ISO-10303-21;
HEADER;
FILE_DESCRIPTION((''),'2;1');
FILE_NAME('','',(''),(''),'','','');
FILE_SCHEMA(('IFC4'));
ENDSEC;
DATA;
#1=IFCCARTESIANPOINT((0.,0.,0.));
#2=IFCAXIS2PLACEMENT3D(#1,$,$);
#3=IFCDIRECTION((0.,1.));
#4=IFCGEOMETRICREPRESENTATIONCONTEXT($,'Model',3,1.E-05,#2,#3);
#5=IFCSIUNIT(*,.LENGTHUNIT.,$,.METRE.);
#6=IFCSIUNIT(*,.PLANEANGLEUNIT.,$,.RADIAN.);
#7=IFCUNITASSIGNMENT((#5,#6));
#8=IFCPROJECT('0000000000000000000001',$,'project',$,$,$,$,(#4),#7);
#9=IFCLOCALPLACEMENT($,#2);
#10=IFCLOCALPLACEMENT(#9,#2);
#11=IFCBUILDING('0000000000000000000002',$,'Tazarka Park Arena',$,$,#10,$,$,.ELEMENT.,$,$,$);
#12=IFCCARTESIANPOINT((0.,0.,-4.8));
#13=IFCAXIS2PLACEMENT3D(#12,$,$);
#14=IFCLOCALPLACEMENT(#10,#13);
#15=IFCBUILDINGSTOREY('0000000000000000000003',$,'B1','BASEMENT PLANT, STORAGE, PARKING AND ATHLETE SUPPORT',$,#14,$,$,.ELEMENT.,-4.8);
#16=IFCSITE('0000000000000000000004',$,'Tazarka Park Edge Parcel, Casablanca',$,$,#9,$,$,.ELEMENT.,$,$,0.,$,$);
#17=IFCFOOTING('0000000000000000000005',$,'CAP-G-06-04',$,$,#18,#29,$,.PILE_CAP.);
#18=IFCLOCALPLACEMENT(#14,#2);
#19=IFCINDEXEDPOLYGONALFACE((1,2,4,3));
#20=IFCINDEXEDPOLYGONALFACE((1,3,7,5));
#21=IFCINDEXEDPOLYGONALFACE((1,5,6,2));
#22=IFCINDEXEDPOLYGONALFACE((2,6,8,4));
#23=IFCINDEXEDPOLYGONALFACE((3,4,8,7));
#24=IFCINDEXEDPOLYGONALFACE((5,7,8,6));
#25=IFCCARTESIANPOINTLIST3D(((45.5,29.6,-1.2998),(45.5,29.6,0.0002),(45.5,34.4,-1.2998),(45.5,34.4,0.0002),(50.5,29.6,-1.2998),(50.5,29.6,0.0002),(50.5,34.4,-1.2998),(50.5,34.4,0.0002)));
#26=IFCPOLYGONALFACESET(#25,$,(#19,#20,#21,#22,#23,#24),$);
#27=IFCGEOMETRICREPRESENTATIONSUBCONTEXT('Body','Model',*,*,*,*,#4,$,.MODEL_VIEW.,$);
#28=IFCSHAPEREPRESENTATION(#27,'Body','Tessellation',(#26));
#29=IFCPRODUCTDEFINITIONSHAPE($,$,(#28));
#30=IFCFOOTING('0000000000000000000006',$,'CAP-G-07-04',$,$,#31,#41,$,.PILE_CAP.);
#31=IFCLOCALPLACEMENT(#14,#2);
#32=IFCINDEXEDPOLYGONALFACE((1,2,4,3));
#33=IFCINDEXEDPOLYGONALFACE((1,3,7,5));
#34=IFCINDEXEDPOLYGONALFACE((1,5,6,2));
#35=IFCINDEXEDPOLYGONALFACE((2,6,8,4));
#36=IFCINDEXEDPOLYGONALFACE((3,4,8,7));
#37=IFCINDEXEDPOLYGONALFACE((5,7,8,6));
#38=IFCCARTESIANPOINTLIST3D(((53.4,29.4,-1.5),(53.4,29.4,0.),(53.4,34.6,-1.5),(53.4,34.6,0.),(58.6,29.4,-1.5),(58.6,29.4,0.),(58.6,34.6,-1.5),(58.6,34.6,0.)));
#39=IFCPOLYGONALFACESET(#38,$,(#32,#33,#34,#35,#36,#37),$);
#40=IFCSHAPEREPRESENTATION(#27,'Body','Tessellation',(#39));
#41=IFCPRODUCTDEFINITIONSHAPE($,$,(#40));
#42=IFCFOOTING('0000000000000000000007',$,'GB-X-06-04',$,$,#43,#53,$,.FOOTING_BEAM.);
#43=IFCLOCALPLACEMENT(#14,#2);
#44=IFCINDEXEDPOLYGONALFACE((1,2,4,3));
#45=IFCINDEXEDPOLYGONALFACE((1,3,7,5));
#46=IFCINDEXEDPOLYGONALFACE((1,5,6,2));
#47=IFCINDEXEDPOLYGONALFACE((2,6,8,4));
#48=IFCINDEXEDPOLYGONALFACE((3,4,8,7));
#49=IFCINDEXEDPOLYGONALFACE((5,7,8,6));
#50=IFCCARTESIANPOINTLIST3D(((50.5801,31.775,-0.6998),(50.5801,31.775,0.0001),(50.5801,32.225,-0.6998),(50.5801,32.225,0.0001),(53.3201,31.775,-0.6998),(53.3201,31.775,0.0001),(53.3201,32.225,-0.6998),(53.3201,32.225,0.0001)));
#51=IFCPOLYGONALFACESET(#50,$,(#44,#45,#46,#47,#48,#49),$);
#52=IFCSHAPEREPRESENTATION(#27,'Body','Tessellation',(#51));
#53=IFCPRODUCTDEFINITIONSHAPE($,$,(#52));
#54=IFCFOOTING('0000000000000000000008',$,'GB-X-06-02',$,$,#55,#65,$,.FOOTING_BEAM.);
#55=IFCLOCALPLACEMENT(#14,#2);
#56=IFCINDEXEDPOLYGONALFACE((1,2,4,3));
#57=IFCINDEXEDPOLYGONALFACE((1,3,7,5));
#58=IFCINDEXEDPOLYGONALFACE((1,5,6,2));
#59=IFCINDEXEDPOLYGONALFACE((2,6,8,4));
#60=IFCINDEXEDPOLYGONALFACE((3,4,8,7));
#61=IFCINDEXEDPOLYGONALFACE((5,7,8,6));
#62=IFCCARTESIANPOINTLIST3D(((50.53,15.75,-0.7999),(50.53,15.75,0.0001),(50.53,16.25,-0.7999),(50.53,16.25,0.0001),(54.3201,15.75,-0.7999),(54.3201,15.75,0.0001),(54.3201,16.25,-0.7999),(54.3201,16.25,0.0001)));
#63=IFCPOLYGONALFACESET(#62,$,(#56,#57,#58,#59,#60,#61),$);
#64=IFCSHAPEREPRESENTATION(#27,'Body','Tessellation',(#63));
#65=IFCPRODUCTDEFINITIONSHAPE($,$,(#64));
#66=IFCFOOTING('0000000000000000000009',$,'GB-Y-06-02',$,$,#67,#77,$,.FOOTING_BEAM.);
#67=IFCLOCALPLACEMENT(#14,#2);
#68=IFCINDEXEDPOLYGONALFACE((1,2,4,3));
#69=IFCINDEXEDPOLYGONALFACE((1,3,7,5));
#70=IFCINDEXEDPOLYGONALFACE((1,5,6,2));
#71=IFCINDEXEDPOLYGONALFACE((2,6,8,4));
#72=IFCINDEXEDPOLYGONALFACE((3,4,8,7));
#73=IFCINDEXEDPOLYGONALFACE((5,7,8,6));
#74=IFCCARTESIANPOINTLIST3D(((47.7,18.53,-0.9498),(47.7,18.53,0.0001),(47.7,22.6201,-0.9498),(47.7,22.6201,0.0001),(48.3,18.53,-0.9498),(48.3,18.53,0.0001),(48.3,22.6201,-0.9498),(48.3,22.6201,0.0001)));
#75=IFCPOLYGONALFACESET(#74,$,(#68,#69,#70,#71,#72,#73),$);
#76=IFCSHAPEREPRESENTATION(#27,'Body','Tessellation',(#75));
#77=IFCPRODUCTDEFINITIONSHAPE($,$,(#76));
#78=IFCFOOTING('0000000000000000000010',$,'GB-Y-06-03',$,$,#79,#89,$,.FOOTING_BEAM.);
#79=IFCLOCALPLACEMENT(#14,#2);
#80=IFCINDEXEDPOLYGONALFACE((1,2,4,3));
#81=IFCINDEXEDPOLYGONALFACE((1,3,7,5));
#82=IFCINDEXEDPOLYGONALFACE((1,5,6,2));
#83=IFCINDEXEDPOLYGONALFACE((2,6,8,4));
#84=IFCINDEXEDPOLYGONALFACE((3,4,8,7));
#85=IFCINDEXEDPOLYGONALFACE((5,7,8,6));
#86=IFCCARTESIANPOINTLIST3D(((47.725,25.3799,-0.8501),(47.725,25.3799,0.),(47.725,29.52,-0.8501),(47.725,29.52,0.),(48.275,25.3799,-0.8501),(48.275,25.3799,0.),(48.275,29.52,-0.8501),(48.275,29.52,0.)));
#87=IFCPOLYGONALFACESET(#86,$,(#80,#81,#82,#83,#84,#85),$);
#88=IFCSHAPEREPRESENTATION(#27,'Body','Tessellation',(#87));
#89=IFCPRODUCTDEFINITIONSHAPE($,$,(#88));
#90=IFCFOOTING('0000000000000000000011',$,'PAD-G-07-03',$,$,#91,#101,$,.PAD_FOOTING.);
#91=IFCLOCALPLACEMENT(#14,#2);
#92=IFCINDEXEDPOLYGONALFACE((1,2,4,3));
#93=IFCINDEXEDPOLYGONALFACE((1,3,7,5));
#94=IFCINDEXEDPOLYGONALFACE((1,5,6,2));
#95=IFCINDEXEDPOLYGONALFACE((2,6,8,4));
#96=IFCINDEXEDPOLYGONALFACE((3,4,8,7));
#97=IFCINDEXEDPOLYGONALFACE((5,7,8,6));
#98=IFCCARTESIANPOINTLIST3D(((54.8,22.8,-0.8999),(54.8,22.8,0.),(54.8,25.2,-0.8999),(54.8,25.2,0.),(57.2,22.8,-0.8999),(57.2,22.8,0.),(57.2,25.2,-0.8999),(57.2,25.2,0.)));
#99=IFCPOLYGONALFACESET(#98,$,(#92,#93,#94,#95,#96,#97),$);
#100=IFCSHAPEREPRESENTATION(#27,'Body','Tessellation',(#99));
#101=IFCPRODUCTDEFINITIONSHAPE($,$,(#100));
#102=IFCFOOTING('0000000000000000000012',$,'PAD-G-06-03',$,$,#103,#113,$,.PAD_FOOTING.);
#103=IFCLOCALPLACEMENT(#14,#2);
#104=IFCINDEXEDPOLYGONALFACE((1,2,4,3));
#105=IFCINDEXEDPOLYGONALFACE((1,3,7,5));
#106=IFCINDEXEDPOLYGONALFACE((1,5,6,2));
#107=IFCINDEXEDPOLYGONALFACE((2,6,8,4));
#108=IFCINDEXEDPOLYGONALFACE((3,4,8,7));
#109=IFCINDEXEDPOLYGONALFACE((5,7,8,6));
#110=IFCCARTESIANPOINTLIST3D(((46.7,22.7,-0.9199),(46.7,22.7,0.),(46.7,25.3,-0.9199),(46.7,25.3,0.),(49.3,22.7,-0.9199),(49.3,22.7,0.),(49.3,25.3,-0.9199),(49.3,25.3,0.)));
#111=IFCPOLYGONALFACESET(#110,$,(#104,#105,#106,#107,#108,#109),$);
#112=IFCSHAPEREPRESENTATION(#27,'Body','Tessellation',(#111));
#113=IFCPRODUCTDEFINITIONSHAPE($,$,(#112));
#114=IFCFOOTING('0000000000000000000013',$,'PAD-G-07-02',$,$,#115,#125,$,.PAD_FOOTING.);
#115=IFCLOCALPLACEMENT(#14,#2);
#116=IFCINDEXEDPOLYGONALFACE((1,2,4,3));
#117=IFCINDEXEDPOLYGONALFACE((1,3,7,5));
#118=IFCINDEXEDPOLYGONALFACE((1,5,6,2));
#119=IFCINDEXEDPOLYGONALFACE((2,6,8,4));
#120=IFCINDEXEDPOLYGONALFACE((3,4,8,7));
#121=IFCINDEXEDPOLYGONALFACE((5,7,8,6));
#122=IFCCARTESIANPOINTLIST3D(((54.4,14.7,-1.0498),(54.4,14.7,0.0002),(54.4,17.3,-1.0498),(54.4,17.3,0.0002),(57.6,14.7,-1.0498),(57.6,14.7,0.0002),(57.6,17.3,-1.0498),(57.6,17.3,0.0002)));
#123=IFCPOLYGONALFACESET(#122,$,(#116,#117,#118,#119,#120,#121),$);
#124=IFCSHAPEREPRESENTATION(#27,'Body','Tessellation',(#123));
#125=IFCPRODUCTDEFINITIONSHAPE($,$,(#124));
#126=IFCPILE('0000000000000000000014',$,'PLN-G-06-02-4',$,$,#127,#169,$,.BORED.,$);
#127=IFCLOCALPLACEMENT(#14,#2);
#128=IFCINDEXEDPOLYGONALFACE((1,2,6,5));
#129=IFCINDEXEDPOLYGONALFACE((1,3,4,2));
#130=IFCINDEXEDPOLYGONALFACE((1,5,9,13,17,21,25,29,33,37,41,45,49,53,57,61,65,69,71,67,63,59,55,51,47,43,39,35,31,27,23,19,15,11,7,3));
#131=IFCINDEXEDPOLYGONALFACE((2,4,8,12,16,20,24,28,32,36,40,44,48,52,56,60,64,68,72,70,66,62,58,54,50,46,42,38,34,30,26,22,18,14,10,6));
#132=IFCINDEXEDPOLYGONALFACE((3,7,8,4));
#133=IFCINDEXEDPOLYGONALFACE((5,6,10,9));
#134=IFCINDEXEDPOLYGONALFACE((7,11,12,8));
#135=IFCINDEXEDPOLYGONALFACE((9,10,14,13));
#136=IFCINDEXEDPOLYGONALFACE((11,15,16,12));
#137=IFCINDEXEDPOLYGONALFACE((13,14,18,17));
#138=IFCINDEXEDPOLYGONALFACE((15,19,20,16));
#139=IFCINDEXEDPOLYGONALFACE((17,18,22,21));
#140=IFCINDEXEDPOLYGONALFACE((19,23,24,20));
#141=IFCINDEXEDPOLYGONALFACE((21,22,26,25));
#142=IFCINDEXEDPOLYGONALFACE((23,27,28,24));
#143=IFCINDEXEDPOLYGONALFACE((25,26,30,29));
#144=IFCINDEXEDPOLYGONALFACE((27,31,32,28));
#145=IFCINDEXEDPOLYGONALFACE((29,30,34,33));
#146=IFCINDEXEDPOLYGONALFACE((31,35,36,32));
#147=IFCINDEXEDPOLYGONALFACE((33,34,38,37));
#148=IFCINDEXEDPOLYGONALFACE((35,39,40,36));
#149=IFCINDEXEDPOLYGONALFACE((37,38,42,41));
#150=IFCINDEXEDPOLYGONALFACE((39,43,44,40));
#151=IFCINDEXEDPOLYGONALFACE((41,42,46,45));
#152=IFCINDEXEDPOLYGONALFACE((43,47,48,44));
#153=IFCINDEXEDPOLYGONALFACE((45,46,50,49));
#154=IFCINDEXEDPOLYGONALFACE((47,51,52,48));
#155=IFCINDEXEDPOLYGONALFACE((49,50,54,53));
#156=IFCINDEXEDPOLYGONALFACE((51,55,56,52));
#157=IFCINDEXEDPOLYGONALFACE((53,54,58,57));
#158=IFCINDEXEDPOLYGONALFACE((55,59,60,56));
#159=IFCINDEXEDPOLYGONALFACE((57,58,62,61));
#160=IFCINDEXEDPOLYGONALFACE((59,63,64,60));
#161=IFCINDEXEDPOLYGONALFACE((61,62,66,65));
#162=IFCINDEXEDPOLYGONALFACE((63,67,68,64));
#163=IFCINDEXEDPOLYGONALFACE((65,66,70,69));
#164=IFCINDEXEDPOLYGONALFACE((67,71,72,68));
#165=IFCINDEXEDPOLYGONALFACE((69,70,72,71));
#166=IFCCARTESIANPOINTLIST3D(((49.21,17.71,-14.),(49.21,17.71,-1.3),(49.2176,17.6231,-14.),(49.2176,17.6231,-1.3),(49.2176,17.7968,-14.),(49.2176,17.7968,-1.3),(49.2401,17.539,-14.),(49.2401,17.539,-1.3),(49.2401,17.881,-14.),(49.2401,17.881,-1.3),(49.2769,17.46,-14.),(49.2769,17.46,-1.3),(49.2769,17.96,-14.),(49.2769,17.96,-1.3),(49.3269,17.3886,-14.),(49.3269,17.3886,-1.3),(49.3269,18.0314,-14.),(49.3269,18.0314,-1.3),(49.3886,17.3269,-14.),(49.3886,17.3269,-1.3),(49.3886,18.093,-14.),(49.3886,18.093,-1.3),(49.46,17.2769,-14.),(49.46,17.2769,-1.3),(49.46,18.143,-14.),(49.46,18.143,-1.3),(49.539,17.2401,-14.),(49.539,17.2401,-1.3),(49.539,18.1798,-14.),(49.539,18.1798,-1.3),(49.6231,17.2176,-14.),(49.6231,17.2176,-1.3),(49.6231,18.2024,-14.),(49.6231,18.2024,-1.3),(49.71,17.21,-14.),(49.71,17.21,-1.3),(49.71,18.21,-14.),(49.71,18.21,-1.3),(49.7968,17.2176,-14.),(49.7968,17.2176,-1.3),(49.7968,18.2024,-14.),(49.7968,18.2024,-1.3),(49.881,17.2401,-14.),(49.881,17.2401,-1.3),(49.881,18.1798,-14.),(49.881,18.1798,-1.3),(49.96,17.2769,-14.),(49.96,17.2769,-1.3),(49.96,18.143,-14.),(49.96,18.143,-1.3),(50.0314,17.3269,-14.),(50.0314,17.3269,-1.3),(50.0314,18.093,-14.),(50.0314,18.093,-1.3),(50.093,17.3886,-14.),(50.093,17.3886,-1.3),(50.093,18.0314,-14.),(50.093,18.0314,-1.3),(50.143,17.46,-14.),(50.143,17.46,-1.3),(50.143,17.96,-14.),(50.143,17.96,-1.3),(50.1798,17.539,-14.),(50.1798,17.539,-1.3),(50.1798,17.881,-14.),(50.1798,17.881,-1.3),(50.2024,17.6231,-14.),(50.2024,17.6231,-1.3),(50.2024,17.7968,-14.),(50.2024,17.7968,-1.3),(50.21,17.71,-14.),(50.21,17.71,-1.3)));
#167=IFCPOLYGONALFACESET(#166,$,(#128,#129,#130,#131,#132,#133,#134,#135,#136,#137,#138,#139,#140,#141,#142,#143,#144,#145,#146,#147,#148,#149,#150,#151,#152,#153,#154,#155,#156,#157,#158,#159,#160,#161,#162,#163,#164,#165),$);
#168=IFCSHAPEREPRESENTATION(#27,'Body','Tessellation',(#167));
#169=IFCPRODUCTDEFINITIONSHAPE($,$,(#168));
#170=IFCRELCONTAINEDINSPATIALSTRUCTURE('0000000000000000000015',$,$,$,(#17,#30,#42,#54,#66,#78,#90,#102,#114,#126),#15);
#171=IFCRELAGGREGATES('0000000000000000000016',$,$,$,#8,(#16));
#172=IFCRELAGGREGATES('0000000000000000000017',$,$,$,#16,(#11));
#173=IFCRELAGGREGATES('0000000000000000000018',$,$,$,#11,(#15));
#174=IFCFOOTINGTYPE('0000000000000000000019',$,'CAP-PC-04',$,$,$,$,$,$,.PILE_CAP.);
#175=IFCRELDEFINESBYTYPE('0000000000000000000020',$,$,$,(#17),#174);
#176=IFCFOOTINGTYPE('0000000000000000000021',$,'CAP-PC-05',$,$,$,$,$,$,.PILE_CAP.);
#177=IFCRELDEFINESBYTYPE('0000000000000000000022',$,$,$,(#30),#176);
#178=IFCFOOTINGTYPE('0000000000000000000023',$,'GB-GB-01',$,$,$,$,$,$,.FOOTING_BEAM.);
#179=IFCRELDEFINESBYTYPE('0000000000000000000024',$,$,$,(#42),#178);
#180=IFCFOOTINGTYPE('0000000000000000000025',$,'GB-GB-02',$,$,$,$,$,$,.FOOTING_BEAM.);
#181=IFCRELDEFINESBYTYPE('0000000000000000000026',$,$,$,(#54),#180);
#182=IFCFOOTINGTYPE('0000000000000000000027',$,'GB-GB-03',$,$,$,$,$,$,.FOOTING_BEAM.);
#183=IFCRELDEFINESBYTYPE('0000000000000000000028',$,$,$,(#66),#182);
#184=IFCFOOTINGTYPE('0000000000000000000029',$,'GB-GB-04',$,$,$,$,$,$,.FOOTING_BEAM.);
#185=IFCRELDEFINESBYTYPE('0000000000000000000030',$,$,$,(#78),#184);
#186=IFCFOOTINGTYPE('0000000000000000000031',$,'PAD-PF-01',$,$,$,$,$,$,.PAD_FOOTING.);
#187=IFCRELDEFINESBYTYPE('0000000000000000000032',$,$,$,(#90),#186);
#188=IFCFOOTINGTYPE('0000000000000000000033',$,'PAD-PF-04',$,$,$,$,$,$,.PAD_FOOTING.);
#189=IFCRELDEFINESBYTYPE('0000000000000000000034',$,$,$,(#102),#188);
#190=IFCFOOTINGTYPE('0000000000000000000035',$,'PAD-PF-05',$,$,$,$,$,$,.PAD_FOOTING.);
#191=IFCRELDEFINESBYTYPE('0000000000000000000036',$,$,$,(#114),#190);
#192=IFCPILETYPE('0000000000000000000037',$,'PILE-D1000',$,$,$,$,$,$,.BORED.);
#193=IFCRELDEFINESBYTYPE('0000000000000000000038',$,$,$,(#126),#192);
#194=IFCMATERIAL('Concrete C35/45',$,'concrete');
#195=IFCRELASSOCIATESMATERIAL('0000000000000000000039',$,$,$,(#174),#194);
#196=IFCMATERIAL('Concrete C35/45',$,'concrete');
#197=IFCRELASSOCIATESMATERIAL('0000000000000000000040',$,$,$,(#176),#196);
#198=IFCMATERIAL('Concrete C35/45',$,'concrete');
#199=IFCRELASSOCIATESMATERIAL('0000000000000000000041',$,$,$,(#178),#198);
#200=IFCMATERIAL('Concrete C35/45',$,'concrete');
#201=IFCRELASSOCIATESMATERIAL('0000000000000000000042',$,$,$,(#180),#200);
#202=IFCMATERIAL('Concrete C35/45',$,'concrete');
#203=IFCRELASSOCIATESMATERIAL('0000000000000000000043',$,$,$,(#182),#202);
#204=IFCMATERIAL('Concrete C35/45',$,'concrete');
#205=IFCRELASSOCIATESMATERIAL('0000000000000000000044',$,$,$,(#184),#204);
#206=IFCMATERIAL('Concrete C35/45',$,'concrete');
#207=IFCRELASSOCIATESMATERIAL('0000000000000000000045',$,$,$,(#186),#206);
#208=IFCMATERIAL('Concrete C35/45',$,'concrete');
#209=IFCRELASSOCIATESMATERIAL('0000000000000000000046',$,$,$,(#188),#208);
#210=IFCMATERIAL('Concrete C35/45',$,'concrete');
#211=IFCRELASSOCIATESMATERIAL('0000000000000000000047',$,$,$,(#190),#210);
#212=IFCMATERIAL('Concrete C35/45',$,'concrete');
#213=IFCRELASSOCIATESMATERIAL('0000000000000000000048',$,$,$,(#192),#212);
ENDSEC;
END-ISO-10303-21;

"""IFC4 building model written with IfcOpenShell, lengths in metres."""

from ifc_helpers import new_model, si_unit, direction, frame, origin, origin_2d, place, context, subcontext, project, spatial, rectangle, circle, extrude, material, material_profile, profile_set, type_object, element, save


model = new_model("IFC4")

# Units and contexts
model_context = context("Model", 3, precision=1e-05, world=origin(), true_north=direction((0.0, 1.0)))
body_context = subcontext(model_context, "Body", "Model", "MODEL_VIEW")
ifc_project = project(units=[si_unit("LENGTHUNIT", "METRE"), si_unit("PLANEANGLEUNIT", "RADIAN")], contexts=[model_context])

# Site, building, storey
site_placement = place(None, origin())
site = spatial("IfcSite", under=ifc_project, at=site_placement, Name="Tazarka Park Edge Parcel, Casablanca", CompositionType="ELEMENT", RefElevation=0.0)
building_placement = place(site_placement, origin())
building = spatial("IfcBuilding", under=site, at=building_placement, Name="Tazarka Park Arena", CompositionType="ELEMENT")
storey_placement = place(building_placement, frame((0.0, 0.0, -4.8)))
storey = spatial("IfcBuildingStorey", under=building, at=storey_placement, Name="B1", Description="BASEMENT PLANT, STORAGE, PARKING AND ATHLETE SUPPORT", CompositionType="ELEMENT", Elevation=-4.8)

# Footings
ifc_material_1 = material(Name="Concrete C35/45", Category="concrete")
footing_type_1 = type_object("IfcFootingType", Name="CAP-PC-04", PredefinedType="PILE_CAP", material=ifc_material_1)
footing_1_placement = place(storey_placement, frame((48.0, 32.0, -1.2998), z_axis=(0.0, 0.0, 1.0), x_axis=(1.0, 0.0, 0.0)))
element("IfcFooting", 1, at=footing_1_placement, inside=storey, type_object=footing_type_1, Name="CAP-G-06-04", PredefinedType="PILE_CAP", context=body_context, shape_type="SweptSolid", body=[
    extrude(rectangle(XDim=5.0, YDim=4.8, at=origin_2d()), origin(), (0.0, 0.0, 1.0), 1.3),
])
ifc_material_2 = material(Name="Concrete C35/45", Category="concrete")
footing_type_2 = type_object("IfcFootingType", Name="CAP-PC-05", PredefinedType="PILE_CAP", material=ifc_material_2)
footing_2_placement = place(storey_placement, frame((56.0, 32.0, -1.5), z_axis=(0.0, 0.0, 1.0), x_axis=(1.0, 0.0, 0.0)))
element("IfcFooting", 2, at=footing_2_placement, inside=storey, type_object=footing_type_2, Name="CAP-G-07-04", PredefinedType="PILE_CAP", context=body_context, shape_type="SweptSolid", body=[
    extrude(rectangle(XDim=5.2, YDim=5.2, at=origin_2d()), origin(), (0.0, 0.0, 1.0), 1.5),
])
ifc_material_3 = material(Name="Concrete C35/45", Category="concrete")
ifc_material_profile_1 = material_profile(ifc_material_3, rectangle(XDim=0.45, YDim=0.7, at=origin_2d()), Name="Concrete C35/45")
ifc_profile_set_1 = profile_set([ifc_material_profile_1], Name="Concrete C35/45")
footing_type_3 = type_object("IfcFootingType", Name="GB-GB-01", PredefinedType="FOOTING_BEAM", material=ifc_profile_set_1)
footing_3_placement = place(storey_placement, frame((50.5801, 32.0, -0.3499), z_axis=(1.0, 0.0, 0.0), x_axis=(0.0, 1.0, 0.0)))
element("IfcFooting", 3, at=footing_3_placement, inside=storey, type_object=footing_type_3, Name="GB-X-06-04", PredefinedType="FOOTING_BEAM", context=body_context, shape_type="SweptSolid", body=[
    extrude(rectangle(XDim=0.45, YDim=0.7, at=origin_2d()), origin(), (0.0, 0.0, 1.0), 2.74),
])
ifc_material_4 = material(Name="Concrete C35/45", Category="concrete")
ifc_material_profile_2 = material_profile(ifc_material_4, rectangle(XDim=0.5, YDim=0.8, at=origin_2d()), Name="Concrete C35/45")
ifc_profile_set_2 = profile_set([ifc_material_profile_2], Name="Concrete C35/45")
footing_type_4 = type_object("IfcFootingType", Name="GB-GB-02", PredefinedType="FOOTING_BEAM", material=ifc_profile_set_2)
footing_4_placement = place(storey_placement, frame((50.53, 16.0, -0.3999), z_axis=(1.0, 0.0, 0.0), x_axis=(0.0, 1.0, 0.0)))
element("IfcFooting", 4, at=footing_4_placement, inside=storey, type_object=footing_type_4, Name="GB-X-06-02", PredefinedType="FOOTING_BEAM", context=body_context, shape_type="SweptSolid", body=[
    extrude(rectangle(XDim=0.5, YDim=0.8, at=origin_2d()), origin(), (0.0, 0.0, 1.0), 3.79),
])
ifc_material_5 = material(Name="Concrete C35/45", Category="concrete")
ifc_material_profile_3 = material_profile(ifc_material_5, rectangle(XDim=0.6001, YDim=0.95, at=origin_2d()), Name="Concrete C35/45")
ifc_profile_set_3 = profile_set([ifc_material_profile_3], Name="Concrete C35/45")
footing_type_5 = type_object("IfcFootingType", Name="GB-GB-03", PredefinedType="FOOTING_BEAM", material=ifc_profile_set_3)
footing_5_placement = place(storey_placement, frame((48.0, 18.53, -0.4749), z_axis=(0.0, 1.0, 0.0), x_axis=(-1.0, 0.0, 0.0)))
element("IfcFooting", 5, at=footing_5_placement, inside=storey, type_object=footing_type_5, Name="GB-Y-06-02", PredefinedType="FOOTING_BEAM", context=body_context, shape_type="SweptSolid", body=[
    extrude(rectangle(XDim=0.6001, YDim=0.95, at=origin_2d()), origin(), (0.0, 0.0, 1.0), 4.0901),
])
ifc_material_6 = material(Name="Concrete C35/45", Category="concrete")
ifc_material_profile_4 = material_profile(ifc_material_6, rectangle(XDim=0.55, YDim=0.8501, at=origin_2d()), Name="Concrete C35/45")
ifc_profile_set_4 = profile_set([ifc_material_profile_4], Name="Concrete C35/45")
footing_type_6 = type_object("IfcFootingType", Name="GB-GB-04", PredefinedType="FOOTING_BEAM", material=ifc_profile_set_4)
footing_6_placement = place(storey_placement, frame((48.0, 25.3799, -0.425), z_axis=(0.0, 1.0, 0.0), x_axis=(-1.0, 0.0, 0.0)))
element("IfcFooting", 6, at=footing_6_placement, inside=storey, type_object=footing_type_6, Name="GB-Y-06-03", PredefinedType="FOOTING_BEAM", context=body_context, shape_type="SweptSolid", body=[
    extrude(rectangle(XDim=0.55, YDim=0.8501, at=origin_2d()), origin(), (0.0, 0.0, 1.0), 4.1401),
])
ifc_material_7 = material(Name="Concrete C35/45", Category="concrete")
footing_type_7 = type_object("IfcFootingType", Name="PAD-PF-01", PredefinedType="PAD_FOOTING", material=ifc_material_7)
footing_7_placement = place(storey_placement, frame((56.0, 24.0, -0.8999), z_axis=(0.0, 0.0, 1.0), x_axis=(1.0, 0.0, 0.0)))
element("IfcFooting", 7, at=footing_7_placement, inside=storey, type_object=footing_type_7, Name="PAD-G-07-03", PredefinedType="PAD_FOOTING", context=body_context, shape_type="SweptSolid", body=[
    extrude(rectangle(XDim=2.3999, YDim=2.3999, at=origin_2d()), origin(), (0.0, 0.0, 1.0), 0.8999),
])
ifc_material_8 = material(Name="Concrete C35/45", Category="concrete")
footing_type_8 = type_object("IfcFootingType", Name="PAD-PF-04", PredefinedType="PAD_FOOTING", material=ifc_material_8)
footing_8_placement = place(storey_placement, frame((48.0, 24.0, -0.9199), z_axis=(0.0, 0.0, 1.0), x_axis=(1.0, 0.0, 0.0)))
element("IfcFooting", 8, at=footing_8_placement, inside=storey, type_object=footing_type_8, Name="PAD-G-06-03", PredefinedType="PAD_FOOTING", context=body_context, shape_type="SweptSolid", body=[
    extrude(rectangle(XDim=2.6001, YDim=2.6001, at=origin_2d()), origin(), (0.0, 0.0, 1.0), 0.9199),
])
ifc_material_9 = material(Name="Concrete C35/45", Category="concrete")
footing_type_9 = type_object("IfcFootingType", Name="PAD-PF-05", PredefinedType="PAD_FOOTING", material=ifc_material_9)
footing_9_placement = place(storey_placement, frame((56.0, 16.0, -1.0498), z_axis=(0.0, 0.0, 1.0), x_axis=(1.0, 0.0, 0.0)))
element("IfcFooting", 9, at=footing_9_placement, inside=storey, type_object=footing_type_9, Name="PAD-G-07-02", PredefinedType="PAD_FOOTING", context=body_context, shape_type="SweptSolid", body=[
    extrude(rectangle(XDim=3.2, YDim=2.6001, at=origin_2d()), origin(), (0.0, 0.0, 1.0), 1.05),
])

# Pile
ifc_material_10 = material(Name="Concrete C35/45", Category="concrete")
ifc_material_profile_5 = material_profile(ifc_material_10, circle(Radius=0.5, at=origin_2d()), Name="Concrete C35/45")
ifc_profile_set_5 = profile_set([ifc_material_profile_5], Name="Concrete C35/45")
pile_type_1 = type_object("IfcPileType", Name="PILE-D1000", PredefinedType="BORED", material=ifc_profile_set_5)
pile_1_placement = place(storey_placement, frame((49.71, 17.71, -1.3), z_axis=(0.0, 0.0, -1.0), x_axis=(1.0, 0.0, 0.0)))
element("IfcPile", 10, at=pile_1_placement, inside=storey, type_object=pile_type_1, Name="PLN-G-06-02-4", PredefinedType="BORED", context=body_context, shape_type="SweptSolid", body=[
    extrude(circle(Radius=0.5, at=origin_2d()), origin(), (0.0, 0.0, 1.0), 12.7),
])

save(model, "model.ifc")
